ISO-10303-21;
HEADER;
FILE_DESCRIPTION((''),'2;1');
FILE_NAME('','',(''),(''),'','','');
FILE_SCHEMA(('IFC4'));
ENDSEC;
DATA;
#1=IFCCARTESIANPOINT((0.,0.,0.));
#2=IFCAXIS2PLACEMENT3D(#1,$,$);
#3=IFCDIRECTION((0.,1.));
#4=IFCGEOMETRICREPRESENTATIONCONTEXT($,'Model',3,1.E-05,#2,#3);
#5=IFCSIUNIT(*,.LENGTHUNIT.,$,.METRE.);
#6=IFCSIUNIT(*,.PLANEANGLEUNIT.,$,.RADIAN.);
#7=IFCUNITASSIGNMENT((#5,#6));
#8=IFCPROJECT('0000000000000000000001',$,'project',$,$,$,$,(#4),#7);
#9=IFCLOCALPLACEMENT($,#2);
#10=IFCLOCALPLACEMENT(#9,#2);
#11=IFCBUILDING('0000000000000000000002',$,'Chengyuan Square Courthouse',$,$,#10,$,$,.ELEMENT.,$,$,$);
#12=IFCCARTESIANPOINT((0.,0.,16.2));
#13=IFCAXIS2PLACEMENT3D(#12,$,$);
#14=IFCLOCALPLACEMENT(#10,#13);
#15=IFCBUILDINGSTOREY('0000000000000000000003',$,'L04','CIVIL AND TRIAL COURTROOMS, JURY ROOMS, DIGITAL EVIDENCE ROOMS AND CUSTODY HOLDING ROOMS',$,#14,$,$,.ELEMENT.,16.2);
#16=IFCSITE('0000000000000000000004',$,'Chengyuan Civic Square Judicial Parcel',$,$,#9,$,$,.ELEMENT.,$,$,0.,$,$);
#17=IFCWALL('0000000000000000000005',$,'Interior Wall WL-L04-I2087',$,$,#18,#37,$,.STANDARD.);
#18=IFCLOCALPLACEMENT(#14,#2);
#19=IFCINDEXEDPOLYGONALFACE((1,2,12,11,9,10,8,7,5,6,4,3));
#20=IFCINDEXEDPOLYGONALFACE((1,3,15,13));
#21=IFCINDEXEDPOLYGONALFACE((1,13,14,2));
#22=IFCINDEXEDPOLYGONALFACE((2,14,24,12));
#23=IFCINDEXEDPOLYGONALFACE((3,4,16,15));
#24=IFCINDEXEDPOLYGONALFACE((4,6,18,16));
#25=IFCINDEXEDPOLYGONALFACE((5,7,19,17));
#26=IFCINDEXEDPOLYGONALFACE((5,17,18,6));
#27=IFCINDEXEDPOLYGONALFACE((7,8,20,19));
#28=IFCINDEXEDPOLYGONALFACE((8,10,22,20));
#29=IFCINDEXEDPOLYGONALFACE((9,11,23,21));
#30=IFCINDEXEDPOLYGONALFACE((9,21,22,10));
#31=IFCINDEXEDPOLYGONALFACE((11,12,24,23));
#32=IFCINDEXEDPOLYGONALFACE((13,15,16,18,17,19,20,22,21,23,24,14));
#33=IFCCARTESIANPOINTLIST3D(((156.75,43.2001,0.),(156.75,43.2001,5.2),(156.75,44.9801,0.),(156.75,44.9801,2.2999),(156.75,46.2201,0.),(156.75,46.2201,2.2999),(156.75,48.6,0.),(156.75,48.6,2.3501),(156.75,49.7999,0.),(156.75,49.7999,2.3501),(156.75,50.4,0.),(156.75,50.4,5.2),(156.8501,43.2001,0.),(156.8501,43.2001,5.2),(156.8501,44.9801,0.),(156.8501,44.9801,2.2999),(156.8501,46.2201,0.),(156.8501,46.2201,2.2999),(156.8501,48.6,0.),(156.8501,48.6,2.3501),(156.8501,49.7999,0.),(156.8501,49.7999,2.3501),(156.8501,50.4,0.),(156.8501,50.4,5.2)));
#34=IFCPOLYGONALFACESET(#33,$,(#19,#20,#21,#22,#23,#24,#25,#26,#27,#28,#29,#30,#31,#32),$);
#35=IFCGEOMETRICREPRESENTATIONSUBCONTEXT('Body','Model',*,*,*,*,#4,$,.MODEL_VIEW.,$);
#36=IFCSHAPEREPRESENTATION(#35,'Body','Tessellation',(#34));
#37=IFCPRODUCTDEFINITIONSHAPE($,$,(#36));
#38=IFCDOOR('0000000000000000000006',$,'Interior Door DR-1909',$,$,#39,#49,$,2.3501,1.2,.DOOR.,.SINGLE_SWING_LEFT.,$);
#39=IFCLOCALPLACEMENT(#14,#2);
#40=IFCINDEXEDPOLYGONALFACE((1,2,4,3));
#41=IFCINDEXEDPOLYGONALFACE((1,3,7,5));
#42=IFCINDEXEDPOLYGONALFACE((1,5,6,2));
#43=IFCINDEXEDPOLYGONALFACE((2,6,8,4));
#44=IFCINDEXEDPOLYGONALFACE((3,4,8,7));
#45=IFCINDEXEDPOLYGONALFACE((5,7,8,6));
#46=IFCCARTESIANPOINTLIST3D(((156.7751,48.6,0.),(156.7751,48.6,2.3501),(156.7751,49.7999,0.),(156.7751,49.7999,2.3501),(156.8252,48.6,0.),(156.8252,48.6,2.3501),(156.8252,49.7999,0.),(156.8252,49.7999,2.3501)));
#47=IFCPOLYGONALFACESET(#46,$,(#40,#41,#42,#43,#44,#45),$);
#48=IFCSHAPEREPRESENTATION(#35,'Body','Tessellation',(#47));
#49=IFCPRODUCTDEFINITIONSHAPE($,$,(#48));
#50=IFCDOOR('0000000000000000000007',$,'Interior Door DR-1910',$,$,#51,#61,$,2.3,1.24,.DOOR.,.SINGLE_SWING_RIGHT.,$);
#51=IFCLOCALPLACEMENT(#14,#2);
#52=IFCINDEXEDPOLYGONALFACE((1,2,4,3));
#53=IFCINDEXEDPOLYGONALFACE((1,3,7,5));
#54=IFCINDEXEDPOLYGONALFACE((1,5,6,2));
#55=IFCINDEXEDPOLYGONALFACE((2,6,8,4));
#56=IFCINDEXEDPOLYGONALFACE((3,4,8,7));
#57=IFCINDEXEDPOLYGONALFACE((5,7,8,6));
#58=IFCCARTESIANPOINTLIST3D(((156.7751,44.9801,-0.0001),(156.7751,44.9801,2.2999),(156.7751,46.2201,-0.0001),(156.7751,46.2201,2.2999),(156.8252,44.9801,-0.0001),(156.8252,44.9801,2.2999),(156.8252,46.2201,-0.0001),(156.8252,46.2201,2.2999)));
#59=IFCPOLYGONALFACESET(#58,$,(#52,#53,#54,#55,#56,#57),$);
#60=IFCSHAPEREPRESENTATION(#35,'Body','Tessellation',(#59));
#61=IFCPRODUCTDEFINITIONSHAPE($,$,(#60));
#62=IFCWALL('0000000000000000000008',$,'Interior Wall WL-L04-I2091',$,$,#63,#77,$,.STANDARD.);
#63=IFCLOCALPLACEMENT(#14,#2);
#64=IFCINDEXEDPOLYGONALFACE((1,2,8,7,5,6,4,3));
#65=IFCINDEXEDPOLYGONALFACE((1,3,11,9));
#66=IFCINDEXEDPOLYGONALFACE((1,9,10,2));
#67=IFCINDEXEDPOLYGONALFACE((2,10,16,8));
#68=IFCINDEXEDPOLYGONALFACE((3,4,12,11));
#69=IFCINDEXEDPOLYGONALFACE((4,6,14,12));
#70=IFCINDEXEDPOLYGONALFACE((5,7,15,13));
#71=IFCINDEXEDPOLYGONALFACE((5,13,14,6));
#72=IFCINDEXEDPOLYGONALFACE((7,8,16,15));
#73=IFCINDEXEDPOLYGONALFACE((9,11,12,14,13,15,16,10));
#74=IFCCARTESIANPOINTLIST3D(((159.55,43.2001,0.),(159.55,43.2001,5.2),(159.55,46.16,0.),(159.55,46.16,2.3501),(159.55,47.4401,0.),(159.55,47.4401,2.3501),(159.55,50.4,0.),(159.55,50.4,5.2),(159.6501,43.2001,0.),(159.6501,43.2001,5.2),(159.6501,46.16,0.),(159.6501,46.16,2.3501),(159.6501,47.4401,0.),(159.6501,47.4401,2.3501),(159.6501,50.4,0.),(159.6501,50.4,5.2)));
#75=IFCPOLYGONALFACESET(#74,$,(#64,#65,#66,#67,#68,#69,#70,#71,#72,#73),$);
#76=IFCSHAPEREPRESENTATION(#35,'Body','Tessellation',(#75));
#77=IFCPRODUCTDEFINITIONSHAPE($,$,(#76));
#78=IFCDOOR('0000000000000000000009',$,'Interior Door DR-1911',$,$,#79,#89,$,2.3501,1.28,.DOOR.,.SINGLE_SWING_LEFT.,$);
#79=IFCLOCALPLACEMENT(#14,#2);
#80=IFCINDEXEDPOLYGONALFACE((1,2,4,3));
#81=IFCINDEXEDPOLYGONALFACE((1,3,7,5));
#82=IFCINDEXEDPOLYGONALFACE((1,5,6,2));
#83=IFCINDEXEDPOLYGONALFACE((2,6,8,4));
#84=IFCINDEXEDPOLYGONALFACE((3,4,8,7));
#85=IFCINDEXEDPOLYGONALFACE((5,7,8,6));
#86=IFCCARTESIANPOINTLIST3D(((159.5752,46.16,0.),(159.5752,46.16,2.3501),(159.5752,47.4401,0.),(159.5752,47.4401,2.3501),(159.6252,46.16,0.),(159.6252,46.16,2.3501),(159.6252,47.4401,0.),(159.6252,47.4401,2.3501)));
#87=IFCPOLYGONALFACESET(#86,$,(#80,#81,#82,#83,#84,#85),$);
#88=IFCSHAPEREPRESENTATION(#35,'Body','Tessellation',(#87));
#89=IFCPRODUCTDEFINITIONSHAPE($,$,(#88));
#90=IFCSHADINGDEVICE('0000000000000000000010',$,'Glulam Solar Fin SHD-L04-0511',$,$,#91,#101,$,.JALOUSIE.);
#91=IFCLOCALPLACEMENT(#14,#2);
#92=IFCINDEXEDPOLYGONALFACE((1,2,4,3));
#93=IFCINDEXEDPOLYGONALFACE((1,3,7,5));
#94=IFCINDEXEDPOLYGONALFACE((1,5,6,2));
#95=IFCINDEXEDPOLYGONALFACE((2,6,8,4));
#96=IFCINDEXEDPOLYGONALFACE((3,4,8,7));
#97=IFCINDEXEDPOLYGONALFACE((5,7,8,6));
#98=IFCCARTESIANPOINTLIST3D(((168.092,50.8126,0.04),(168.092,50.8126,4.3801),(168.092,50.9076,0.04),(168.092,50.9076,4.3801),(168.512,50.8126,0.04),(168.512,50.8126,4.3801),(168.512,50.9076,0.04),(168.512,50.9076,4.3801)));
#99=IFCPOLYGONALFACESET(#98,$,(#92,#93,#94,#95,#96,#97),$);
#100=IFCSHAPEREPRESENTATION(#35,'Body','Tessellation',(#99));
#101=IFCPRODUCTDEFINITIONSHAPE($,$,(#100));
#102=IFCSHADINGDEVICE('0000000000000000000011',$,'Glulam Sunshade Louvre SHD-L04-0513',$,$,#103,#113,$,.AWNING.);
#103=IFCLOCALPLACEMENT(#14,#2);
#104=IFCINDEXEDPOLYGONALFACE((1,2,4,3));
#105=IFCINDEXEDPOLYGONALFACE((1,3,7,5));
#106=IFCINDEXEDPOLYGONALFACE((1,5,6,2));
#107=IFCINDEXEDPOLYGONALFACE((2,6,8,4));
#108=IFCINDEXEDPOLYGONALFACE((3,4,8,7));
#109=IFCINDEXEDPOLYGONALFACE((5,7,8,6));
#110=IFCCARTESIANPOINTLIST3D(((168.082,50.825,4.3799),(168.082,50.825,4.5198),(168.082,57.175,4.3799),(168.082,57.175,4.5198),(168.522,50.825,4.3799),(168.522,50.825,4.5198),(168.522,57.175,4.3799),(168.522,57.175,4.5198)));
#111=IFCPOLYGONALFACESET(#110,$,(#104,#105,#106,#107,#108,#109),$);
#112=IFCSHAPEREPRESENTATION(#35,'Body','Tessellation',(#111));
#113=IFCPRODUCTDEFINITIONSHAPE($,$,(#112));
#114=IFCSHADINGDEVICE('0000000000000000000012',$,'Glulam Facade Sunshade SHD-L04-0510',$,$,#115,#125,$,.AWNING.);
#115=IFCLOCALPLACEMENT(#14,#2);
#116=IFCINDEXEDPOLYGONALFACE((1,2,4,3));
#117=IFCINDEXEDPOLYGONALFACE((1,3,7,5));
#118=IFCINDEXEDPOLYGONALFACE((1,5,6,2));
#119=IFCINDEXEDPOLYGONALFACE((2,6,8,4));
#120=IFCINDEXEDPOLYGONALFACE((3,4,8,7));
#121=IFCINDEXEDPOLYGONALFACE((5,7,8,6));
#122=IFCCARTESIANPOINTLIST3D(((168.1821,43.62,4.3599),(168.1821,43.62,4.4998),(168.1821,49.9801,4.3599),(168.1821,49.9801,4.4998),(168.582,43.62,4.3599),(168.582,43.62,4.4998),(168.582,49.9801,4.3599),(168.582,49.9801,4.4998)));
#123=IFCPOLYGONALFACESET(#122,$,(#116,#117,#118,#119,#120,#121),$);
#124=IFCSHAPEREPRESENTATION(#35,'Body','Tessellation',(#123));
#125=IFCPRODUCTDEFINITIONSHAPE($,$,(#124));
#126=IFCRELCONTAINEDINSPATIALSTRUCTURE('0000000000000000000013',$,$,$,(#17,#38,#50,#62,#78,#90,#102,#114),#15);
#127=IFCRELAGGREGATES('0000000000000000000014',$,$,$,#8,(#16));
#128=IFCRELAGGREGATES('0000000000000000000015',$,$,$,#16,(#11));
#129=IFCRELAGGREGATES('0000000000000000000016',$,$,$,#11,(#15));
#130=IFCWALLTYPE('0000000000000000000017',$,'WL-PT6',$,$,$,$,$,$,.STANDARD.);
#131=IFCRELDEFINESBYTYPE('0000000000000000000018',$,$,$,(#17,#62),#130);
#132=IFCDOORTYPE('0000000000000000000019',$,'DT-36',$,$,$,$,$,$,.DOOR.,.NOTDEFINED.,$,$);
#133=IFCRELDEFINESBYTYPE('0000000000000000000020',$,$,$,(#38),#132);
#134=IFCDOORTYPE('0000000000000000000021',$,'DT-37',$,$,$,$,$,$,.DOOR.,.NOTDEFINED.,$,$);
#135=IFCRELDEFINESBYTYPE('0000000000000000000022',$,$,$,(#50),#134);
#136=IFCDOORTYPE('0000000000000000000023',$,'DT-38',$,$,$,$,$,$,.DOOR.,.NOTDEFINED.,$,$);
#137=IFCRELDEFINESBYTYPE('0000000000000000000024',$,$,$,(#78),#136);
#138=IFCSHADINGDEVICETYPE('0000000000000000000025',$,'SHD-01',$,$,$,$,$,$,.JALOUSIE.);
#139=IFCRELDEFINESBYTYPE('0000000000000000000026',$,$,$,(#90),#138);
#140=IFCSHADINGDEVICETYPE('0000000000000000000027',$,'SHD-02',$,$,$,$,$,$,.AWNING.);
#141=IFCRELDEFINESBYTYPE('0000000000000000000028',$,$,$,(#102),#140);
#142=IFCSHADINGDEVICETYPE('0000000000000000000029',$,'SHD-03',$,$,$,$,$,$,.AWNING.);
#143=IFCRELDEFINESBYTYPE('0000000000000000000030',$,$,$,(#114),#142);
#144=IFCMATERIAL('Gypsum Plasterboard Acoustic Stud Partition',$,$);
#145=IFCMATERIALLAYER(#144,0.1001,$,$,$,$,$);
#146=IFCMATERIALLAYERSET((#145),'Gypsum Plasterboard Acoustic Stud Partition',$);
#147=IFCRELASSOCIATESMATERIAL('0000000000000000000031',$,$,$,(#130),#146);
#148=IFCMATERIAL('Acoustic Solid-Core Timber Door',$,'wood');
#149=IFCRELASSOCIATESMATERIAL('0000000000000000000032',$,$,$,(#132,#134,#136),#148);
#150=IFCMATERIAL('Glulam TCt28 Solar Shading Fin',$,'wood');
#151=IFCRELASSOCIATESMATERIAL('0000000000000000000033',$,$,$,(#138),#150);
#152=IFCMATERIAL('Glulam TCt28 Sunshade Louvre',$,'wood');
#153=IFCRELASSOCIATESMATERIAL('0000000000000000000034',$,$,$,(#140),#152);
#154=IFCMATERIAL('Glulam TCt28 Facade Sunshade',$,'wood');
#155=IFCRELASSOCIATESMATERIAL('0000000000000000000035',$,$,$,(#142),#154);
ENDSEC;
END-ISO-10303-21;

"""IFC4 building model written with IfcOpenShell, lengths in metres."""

from ifc_helpers import new_model, si_unit, direction, frame, frame_2d, origin, origin_2d, place, context, subcontext, project, spatial, rectangle, extrude, material, layer, layer_set, type_object, element, fill, save


model = new_model("IFC4")

# Units and contexts
model_context = context("Model", 3, precision=1e-05, world=origin(), true_north=direction((0.0, 1.0)))
body_context = subcontext(model_context, "Body", "Model", "MODEL_VIEW")
ifc_project = project(units=[si_unit("LENGTHUNIT", "METRE"), si_unit("PLANEANGLEUNIT", "RADIAN")], contexts=[model_context])

# Site, building, storey
site_placement = place(None, origin())
site = spatial("IfcSite", under=ifc_project, at=site_placement, Name="Chengyuan Civic Square Judicial Parcel", CompositionType="ELEMENT", RefElevation=0.0)
building_placement = place(site_placement, origin())
building = spatial("IfcBuilding", under=site, at=building_placement, Name="Chengyuan Square Courthouse", CompositionType="ELEMENT")
storey_placement = place(building_placement, frame((0.0, 0.0, 16.2)))
storey = spatial("IfcBuildingStorey", under=building, at=storey_placement, Name="L04", Description="CIVIL AND TRIAL COURTROOMS, JURY ROOMS, DIGITAL EVIDENCE ROOMS AND CUSTODY HOLDING ROOMS", CompositionType="ELEMENT", Elevation=16.2)

# Shared definitions
ifc_material_1 = material(Name="Gypsum Plasterboard Acoustic Stud Partition")
ifc_layer_1 = layer(ifc_material_1, 0.1001)
ifc_layer_set_1 = layer_set([ifc_layer_1], Name="Gypsum Plasterboard Acoustic Stud Partition")
wall_type_1 = type_object("IfcWallType", Name="WL-PT6", PredefinedType="STANDARD", material=ifc_layer_set_1)
ifc_material_2 = material(Name="Acoustic Solid-Core Timber Door", Category="wood")

# Wall, openings, doors
wall_1_placement = place(storey_placement, frame((156.8, 43.2, 0.0), z_axis=(0.0, 0.0, 1.0), x_axis=(0.0, 1.0, 0.0)))
wall_1 = element("IfcWall", 1, at=wall_1_placement, inside=storey, type_object=wall_type_1, Name="Interior Wall WL-L04-I2087", PredefinedType="STANDARD", context=body_context, shape_type="SweptSolid", body=[
    extrude(rectangle(XDim=7.2, YDim=0.1001, at=frame_2d((3.6001, 0.0))), origin(), (0.0, 0.0, 1.0), 5.2),
])
opening_1_placement = place(wall_1_placement, frame((5.3999, 0.0, 0.0)))
opening_1 = element("IfcOpeningElement", 2, at=opening_1_placement, cuts=wall_1, PredefinedType="OPENING", context=body_context, shape_type="SweptSolid", body=[
    extrude(rectangle(XDim=1.2, YDim=2.3501, at=frame_2d((0.6001, 1.175))), frame((0.0, 0.062, 0.0), z_axis=(0.0, -1.0, 0.0), x_axis=(1.0, 0.0, 0.0)), (0.0, 0.0, 1.0), 0.124),
])
opening_2_placement = place(wall_1_placement, frame((1.78, 0.0, 0.0)))
opening_2 = element("IfcOpeningElement", 3, at=opening_2_placement, cuts=wall_1, PredefinedType="OPENING", context=body_context, shape_type="SweptSolid", body=[
    extrude(rectangle(XDim=1.24, YDim=2.3, at=frame_2d((0.6201, 1.1499))), frame((0.0, 0.062, 0.0), z_axis=(0.0, -1.0, 0.0), x_axis=(1.0, 0.0, 0.0)), (0.0, 0.0, 1.0), 0.124),
])
door_type_1 = type_object("IfcDoorType", Name="DT-36", OperationType="NOTDEFINED", PredefinedType="DOOR", material=ifc_material_2)
door_1_placement = place(opening_1_placement, origin())
door_1 = element("IfcDoor", 4, at=door_1_placement, inside=storey, type_object=door_type_1, Name="Interior Door DR-1909", OperationType="SINGLE_SWING_LEFT", OverallHeight=2.3501, OverallWidth=1.2, PredefinedType="DOOR", context=body_context, shape_type="SweptSolid", body=[
    extrude(rectangle(XDim=1.2, YDim=2.3501, at=frame_2d((0.6001, 1.175))), frame((0.0, 0.0249, 0.0), z_axis=(0.0, -1.0, 0.0), x_axis=(1.0, 0.0, 0.0)), (0.0, 0.0, 1.0), 0.05),
])
fill(opening_1, door_1)
door_type_2 = type_object("IfcDoorType", Name="DT-37", OperationType="NOTDEFINED", PredefinedType="DOOR", material=ifc_material_2)
door_2_placement = place(opening_2_placement, origin())
door_2 = element("IfcDoor", 5, at=door_2_placement, inside=storey, type_object=door_type_2, Name="Interior Door DR-1910", OperationType="SINGLE_SWING_RIGHT", OverallHeight=2.3, OverallWidth=1.24, PredefinedType="DOOR", context=body_context, shape_type="SweptSolid", body=[
    extrude(rectangle(XDim=1.24, YDim=2.3, at=frame_2d((0.6201, 1.1499))), frame((0.0, 0.0249, 0.0), z_axis=(0.0, -1.0, 0.0), x_axis=(1.0, 0.0, 0.0)), (0.0, 0.0, 1.0), 0.05),
])
fill(opening_2, door_2)

# Wall, opening, door
wall_2_placement = place(storey_placement, frame((159.6001, 43.2, 0.0), z_axis=(0.0, 0.0, 1.0), x_axis=(0.0, 1.0, 0.0)))
wall_2 = element("IfcWall", 6, at=wall_2_placement, inside=storey, type_object=wall_type_1, Name="Interior Wall WL-L04-I2091", PredefinedType="STANDARD", context=body_context, shape_type="SweptSolid", body=[
    extrude(rectangle(XDim=7.2, YDim=0.1001, at=frame_2d((3.6001, 0.0))), origin(), (0.0, 0.0, 1.0), 5.2),
])
opening_3_placement = place(wall_2_placement, frame((2.96, 0.0, 0.0)))
opening_3 = element("IfcOpeningElement", 7, at=opening_3_placement, cuts=wall_2, PredefinedType="OPENING", context=body_context, shape_type="SweptSolid", body=[
    extrude(rectangle(XDim=1.28, YDim=2.3501, at=frame_2d((0.6401, 1.175))), frame((0.0, 0.062, 0.0), z_axis=(0.0, -1.0, 0.0), x_axis=(1.0, 0.0, 0.0)), (0.0, 0.0, 1.0), 0.124),
])
door_type_3 = type_object("IfcDoorType", Name="DT-38", OperationType="NOTDEFINED", PredefinedType="DOOR", material=ifc_material_2)
door_3_placement = place(opening_3_placement, origin())
door_3 = element("IfcDoor", 8, at=door_3_placement, inside=storey, type_object=door_type_3, Name="Interior Door DR-1911", OperationType="SINGLE_SWING_LEFT", OverallHeight=2.3501, OverallWidth=1.28, PredefinedType="DOOR", context=body_context, shape_type="SweptSolid", body=[
    extrude(rectangle(XDim=1.28, YDim=2.3501, at=frame_2d((0.6401, 1.175))), frame((0.0, 0.0249, 0.0), z_axis=(0.0, -1.0, 0.0), x_axis=(1.0, 0.0, 0.0)), (0.0, 0.0, 1.0), 0.05),
])
fill(opening_3, door_3)

# Shading devices
ifc_material_3 = material(Name="Glulam TCt28 Solar Shading Fin", Category="wood")
shading_device_type_1 = type_object("IfcShadingDeviceType", Name="SHD-01", PredefinedType="JALOUSIE", material=ifc_material_3)
shading_device_1_placement = place(storey_placement, frame((168.302, 50.8601, 0.04), z_axis=(0.0, 0.0, 1.0), x_axis=(1.0, 0.0, 0.0)))
element("IfcShadingDevice", 9, at=shading_device_1_placement, inside=storey, type_object=shading_device_type_1, Name="Glulam Solar Fin SHD-L04-0511", PredefinedType="JALOUSIE", context=body_context, shape_type="SweptSolid", body=[
    extrude(rectangle(XDim=0.4199, YDim=0.095, at=origin_2d()), origin(), (0.0, 0.0, 1.0), 4.3401),
])
ifc_material_4 = material(Name="Glulam TCt28 Sunshade Louvre", Category="wood")
shading_device_type_2 = type_object("IfcShadingDeviceType", Name="SHD-02", PredefinedType="AWNING", material=ifc_material_4)
shading_device_2_placement = place(storey_placement, frame((168.302, 54.0, 4.3799), z_axis=(0.0, 0.0, 1.0), x_axis=(0.0, 1.0, 0.0)))
element("IfcShadingDevice", 10, at=shading_device_2_placement, inside=storey, type_object=shading_device_type_2, Name="Glulam Sunshade Louvre SHD-L04-0513", PredefinedType="AWNING", context=body_context, shape_type="SweptSolid", body=[
    extrude(rectangle(XDim=6.3501, YDim=0.4399, at=origin_2d()), origin(), (0.0, 0.0, 1.0), 0.1399),
])
ifc_material_5 = material(Name="Glulam TCt28 Facade Sunshade", Category="wood")
shading_device_type_3 = type_object("IfcShadingDeviceType", Name="SHD-03", PredefinedType="AWNING", material=ifc_material_5)
shading_device_3_placement = place(storey_placement, frame((168.3821, 46.8, 4.3599), z_axis=(0.0, 0.0, 1.0), x_axis=(0.0, 1.0, 0.0)))
element("IfcShadingDevice", 11, at=shading_device_3_placement, inside=storey, type_object=shading_device_type_3, Name="Glulam Facade Sunshade SHD-L04-0510", PredefinedType="AWNING", context=body_context, shape_type="SweptSolid", body=[
    extrude(rectangle(XDim=6.3601, YDim=0.3999, at=origin_2d()), origin(), (0.0, 0.0, 1.0), 0.1399),
])

save(model, "model.ifc")
